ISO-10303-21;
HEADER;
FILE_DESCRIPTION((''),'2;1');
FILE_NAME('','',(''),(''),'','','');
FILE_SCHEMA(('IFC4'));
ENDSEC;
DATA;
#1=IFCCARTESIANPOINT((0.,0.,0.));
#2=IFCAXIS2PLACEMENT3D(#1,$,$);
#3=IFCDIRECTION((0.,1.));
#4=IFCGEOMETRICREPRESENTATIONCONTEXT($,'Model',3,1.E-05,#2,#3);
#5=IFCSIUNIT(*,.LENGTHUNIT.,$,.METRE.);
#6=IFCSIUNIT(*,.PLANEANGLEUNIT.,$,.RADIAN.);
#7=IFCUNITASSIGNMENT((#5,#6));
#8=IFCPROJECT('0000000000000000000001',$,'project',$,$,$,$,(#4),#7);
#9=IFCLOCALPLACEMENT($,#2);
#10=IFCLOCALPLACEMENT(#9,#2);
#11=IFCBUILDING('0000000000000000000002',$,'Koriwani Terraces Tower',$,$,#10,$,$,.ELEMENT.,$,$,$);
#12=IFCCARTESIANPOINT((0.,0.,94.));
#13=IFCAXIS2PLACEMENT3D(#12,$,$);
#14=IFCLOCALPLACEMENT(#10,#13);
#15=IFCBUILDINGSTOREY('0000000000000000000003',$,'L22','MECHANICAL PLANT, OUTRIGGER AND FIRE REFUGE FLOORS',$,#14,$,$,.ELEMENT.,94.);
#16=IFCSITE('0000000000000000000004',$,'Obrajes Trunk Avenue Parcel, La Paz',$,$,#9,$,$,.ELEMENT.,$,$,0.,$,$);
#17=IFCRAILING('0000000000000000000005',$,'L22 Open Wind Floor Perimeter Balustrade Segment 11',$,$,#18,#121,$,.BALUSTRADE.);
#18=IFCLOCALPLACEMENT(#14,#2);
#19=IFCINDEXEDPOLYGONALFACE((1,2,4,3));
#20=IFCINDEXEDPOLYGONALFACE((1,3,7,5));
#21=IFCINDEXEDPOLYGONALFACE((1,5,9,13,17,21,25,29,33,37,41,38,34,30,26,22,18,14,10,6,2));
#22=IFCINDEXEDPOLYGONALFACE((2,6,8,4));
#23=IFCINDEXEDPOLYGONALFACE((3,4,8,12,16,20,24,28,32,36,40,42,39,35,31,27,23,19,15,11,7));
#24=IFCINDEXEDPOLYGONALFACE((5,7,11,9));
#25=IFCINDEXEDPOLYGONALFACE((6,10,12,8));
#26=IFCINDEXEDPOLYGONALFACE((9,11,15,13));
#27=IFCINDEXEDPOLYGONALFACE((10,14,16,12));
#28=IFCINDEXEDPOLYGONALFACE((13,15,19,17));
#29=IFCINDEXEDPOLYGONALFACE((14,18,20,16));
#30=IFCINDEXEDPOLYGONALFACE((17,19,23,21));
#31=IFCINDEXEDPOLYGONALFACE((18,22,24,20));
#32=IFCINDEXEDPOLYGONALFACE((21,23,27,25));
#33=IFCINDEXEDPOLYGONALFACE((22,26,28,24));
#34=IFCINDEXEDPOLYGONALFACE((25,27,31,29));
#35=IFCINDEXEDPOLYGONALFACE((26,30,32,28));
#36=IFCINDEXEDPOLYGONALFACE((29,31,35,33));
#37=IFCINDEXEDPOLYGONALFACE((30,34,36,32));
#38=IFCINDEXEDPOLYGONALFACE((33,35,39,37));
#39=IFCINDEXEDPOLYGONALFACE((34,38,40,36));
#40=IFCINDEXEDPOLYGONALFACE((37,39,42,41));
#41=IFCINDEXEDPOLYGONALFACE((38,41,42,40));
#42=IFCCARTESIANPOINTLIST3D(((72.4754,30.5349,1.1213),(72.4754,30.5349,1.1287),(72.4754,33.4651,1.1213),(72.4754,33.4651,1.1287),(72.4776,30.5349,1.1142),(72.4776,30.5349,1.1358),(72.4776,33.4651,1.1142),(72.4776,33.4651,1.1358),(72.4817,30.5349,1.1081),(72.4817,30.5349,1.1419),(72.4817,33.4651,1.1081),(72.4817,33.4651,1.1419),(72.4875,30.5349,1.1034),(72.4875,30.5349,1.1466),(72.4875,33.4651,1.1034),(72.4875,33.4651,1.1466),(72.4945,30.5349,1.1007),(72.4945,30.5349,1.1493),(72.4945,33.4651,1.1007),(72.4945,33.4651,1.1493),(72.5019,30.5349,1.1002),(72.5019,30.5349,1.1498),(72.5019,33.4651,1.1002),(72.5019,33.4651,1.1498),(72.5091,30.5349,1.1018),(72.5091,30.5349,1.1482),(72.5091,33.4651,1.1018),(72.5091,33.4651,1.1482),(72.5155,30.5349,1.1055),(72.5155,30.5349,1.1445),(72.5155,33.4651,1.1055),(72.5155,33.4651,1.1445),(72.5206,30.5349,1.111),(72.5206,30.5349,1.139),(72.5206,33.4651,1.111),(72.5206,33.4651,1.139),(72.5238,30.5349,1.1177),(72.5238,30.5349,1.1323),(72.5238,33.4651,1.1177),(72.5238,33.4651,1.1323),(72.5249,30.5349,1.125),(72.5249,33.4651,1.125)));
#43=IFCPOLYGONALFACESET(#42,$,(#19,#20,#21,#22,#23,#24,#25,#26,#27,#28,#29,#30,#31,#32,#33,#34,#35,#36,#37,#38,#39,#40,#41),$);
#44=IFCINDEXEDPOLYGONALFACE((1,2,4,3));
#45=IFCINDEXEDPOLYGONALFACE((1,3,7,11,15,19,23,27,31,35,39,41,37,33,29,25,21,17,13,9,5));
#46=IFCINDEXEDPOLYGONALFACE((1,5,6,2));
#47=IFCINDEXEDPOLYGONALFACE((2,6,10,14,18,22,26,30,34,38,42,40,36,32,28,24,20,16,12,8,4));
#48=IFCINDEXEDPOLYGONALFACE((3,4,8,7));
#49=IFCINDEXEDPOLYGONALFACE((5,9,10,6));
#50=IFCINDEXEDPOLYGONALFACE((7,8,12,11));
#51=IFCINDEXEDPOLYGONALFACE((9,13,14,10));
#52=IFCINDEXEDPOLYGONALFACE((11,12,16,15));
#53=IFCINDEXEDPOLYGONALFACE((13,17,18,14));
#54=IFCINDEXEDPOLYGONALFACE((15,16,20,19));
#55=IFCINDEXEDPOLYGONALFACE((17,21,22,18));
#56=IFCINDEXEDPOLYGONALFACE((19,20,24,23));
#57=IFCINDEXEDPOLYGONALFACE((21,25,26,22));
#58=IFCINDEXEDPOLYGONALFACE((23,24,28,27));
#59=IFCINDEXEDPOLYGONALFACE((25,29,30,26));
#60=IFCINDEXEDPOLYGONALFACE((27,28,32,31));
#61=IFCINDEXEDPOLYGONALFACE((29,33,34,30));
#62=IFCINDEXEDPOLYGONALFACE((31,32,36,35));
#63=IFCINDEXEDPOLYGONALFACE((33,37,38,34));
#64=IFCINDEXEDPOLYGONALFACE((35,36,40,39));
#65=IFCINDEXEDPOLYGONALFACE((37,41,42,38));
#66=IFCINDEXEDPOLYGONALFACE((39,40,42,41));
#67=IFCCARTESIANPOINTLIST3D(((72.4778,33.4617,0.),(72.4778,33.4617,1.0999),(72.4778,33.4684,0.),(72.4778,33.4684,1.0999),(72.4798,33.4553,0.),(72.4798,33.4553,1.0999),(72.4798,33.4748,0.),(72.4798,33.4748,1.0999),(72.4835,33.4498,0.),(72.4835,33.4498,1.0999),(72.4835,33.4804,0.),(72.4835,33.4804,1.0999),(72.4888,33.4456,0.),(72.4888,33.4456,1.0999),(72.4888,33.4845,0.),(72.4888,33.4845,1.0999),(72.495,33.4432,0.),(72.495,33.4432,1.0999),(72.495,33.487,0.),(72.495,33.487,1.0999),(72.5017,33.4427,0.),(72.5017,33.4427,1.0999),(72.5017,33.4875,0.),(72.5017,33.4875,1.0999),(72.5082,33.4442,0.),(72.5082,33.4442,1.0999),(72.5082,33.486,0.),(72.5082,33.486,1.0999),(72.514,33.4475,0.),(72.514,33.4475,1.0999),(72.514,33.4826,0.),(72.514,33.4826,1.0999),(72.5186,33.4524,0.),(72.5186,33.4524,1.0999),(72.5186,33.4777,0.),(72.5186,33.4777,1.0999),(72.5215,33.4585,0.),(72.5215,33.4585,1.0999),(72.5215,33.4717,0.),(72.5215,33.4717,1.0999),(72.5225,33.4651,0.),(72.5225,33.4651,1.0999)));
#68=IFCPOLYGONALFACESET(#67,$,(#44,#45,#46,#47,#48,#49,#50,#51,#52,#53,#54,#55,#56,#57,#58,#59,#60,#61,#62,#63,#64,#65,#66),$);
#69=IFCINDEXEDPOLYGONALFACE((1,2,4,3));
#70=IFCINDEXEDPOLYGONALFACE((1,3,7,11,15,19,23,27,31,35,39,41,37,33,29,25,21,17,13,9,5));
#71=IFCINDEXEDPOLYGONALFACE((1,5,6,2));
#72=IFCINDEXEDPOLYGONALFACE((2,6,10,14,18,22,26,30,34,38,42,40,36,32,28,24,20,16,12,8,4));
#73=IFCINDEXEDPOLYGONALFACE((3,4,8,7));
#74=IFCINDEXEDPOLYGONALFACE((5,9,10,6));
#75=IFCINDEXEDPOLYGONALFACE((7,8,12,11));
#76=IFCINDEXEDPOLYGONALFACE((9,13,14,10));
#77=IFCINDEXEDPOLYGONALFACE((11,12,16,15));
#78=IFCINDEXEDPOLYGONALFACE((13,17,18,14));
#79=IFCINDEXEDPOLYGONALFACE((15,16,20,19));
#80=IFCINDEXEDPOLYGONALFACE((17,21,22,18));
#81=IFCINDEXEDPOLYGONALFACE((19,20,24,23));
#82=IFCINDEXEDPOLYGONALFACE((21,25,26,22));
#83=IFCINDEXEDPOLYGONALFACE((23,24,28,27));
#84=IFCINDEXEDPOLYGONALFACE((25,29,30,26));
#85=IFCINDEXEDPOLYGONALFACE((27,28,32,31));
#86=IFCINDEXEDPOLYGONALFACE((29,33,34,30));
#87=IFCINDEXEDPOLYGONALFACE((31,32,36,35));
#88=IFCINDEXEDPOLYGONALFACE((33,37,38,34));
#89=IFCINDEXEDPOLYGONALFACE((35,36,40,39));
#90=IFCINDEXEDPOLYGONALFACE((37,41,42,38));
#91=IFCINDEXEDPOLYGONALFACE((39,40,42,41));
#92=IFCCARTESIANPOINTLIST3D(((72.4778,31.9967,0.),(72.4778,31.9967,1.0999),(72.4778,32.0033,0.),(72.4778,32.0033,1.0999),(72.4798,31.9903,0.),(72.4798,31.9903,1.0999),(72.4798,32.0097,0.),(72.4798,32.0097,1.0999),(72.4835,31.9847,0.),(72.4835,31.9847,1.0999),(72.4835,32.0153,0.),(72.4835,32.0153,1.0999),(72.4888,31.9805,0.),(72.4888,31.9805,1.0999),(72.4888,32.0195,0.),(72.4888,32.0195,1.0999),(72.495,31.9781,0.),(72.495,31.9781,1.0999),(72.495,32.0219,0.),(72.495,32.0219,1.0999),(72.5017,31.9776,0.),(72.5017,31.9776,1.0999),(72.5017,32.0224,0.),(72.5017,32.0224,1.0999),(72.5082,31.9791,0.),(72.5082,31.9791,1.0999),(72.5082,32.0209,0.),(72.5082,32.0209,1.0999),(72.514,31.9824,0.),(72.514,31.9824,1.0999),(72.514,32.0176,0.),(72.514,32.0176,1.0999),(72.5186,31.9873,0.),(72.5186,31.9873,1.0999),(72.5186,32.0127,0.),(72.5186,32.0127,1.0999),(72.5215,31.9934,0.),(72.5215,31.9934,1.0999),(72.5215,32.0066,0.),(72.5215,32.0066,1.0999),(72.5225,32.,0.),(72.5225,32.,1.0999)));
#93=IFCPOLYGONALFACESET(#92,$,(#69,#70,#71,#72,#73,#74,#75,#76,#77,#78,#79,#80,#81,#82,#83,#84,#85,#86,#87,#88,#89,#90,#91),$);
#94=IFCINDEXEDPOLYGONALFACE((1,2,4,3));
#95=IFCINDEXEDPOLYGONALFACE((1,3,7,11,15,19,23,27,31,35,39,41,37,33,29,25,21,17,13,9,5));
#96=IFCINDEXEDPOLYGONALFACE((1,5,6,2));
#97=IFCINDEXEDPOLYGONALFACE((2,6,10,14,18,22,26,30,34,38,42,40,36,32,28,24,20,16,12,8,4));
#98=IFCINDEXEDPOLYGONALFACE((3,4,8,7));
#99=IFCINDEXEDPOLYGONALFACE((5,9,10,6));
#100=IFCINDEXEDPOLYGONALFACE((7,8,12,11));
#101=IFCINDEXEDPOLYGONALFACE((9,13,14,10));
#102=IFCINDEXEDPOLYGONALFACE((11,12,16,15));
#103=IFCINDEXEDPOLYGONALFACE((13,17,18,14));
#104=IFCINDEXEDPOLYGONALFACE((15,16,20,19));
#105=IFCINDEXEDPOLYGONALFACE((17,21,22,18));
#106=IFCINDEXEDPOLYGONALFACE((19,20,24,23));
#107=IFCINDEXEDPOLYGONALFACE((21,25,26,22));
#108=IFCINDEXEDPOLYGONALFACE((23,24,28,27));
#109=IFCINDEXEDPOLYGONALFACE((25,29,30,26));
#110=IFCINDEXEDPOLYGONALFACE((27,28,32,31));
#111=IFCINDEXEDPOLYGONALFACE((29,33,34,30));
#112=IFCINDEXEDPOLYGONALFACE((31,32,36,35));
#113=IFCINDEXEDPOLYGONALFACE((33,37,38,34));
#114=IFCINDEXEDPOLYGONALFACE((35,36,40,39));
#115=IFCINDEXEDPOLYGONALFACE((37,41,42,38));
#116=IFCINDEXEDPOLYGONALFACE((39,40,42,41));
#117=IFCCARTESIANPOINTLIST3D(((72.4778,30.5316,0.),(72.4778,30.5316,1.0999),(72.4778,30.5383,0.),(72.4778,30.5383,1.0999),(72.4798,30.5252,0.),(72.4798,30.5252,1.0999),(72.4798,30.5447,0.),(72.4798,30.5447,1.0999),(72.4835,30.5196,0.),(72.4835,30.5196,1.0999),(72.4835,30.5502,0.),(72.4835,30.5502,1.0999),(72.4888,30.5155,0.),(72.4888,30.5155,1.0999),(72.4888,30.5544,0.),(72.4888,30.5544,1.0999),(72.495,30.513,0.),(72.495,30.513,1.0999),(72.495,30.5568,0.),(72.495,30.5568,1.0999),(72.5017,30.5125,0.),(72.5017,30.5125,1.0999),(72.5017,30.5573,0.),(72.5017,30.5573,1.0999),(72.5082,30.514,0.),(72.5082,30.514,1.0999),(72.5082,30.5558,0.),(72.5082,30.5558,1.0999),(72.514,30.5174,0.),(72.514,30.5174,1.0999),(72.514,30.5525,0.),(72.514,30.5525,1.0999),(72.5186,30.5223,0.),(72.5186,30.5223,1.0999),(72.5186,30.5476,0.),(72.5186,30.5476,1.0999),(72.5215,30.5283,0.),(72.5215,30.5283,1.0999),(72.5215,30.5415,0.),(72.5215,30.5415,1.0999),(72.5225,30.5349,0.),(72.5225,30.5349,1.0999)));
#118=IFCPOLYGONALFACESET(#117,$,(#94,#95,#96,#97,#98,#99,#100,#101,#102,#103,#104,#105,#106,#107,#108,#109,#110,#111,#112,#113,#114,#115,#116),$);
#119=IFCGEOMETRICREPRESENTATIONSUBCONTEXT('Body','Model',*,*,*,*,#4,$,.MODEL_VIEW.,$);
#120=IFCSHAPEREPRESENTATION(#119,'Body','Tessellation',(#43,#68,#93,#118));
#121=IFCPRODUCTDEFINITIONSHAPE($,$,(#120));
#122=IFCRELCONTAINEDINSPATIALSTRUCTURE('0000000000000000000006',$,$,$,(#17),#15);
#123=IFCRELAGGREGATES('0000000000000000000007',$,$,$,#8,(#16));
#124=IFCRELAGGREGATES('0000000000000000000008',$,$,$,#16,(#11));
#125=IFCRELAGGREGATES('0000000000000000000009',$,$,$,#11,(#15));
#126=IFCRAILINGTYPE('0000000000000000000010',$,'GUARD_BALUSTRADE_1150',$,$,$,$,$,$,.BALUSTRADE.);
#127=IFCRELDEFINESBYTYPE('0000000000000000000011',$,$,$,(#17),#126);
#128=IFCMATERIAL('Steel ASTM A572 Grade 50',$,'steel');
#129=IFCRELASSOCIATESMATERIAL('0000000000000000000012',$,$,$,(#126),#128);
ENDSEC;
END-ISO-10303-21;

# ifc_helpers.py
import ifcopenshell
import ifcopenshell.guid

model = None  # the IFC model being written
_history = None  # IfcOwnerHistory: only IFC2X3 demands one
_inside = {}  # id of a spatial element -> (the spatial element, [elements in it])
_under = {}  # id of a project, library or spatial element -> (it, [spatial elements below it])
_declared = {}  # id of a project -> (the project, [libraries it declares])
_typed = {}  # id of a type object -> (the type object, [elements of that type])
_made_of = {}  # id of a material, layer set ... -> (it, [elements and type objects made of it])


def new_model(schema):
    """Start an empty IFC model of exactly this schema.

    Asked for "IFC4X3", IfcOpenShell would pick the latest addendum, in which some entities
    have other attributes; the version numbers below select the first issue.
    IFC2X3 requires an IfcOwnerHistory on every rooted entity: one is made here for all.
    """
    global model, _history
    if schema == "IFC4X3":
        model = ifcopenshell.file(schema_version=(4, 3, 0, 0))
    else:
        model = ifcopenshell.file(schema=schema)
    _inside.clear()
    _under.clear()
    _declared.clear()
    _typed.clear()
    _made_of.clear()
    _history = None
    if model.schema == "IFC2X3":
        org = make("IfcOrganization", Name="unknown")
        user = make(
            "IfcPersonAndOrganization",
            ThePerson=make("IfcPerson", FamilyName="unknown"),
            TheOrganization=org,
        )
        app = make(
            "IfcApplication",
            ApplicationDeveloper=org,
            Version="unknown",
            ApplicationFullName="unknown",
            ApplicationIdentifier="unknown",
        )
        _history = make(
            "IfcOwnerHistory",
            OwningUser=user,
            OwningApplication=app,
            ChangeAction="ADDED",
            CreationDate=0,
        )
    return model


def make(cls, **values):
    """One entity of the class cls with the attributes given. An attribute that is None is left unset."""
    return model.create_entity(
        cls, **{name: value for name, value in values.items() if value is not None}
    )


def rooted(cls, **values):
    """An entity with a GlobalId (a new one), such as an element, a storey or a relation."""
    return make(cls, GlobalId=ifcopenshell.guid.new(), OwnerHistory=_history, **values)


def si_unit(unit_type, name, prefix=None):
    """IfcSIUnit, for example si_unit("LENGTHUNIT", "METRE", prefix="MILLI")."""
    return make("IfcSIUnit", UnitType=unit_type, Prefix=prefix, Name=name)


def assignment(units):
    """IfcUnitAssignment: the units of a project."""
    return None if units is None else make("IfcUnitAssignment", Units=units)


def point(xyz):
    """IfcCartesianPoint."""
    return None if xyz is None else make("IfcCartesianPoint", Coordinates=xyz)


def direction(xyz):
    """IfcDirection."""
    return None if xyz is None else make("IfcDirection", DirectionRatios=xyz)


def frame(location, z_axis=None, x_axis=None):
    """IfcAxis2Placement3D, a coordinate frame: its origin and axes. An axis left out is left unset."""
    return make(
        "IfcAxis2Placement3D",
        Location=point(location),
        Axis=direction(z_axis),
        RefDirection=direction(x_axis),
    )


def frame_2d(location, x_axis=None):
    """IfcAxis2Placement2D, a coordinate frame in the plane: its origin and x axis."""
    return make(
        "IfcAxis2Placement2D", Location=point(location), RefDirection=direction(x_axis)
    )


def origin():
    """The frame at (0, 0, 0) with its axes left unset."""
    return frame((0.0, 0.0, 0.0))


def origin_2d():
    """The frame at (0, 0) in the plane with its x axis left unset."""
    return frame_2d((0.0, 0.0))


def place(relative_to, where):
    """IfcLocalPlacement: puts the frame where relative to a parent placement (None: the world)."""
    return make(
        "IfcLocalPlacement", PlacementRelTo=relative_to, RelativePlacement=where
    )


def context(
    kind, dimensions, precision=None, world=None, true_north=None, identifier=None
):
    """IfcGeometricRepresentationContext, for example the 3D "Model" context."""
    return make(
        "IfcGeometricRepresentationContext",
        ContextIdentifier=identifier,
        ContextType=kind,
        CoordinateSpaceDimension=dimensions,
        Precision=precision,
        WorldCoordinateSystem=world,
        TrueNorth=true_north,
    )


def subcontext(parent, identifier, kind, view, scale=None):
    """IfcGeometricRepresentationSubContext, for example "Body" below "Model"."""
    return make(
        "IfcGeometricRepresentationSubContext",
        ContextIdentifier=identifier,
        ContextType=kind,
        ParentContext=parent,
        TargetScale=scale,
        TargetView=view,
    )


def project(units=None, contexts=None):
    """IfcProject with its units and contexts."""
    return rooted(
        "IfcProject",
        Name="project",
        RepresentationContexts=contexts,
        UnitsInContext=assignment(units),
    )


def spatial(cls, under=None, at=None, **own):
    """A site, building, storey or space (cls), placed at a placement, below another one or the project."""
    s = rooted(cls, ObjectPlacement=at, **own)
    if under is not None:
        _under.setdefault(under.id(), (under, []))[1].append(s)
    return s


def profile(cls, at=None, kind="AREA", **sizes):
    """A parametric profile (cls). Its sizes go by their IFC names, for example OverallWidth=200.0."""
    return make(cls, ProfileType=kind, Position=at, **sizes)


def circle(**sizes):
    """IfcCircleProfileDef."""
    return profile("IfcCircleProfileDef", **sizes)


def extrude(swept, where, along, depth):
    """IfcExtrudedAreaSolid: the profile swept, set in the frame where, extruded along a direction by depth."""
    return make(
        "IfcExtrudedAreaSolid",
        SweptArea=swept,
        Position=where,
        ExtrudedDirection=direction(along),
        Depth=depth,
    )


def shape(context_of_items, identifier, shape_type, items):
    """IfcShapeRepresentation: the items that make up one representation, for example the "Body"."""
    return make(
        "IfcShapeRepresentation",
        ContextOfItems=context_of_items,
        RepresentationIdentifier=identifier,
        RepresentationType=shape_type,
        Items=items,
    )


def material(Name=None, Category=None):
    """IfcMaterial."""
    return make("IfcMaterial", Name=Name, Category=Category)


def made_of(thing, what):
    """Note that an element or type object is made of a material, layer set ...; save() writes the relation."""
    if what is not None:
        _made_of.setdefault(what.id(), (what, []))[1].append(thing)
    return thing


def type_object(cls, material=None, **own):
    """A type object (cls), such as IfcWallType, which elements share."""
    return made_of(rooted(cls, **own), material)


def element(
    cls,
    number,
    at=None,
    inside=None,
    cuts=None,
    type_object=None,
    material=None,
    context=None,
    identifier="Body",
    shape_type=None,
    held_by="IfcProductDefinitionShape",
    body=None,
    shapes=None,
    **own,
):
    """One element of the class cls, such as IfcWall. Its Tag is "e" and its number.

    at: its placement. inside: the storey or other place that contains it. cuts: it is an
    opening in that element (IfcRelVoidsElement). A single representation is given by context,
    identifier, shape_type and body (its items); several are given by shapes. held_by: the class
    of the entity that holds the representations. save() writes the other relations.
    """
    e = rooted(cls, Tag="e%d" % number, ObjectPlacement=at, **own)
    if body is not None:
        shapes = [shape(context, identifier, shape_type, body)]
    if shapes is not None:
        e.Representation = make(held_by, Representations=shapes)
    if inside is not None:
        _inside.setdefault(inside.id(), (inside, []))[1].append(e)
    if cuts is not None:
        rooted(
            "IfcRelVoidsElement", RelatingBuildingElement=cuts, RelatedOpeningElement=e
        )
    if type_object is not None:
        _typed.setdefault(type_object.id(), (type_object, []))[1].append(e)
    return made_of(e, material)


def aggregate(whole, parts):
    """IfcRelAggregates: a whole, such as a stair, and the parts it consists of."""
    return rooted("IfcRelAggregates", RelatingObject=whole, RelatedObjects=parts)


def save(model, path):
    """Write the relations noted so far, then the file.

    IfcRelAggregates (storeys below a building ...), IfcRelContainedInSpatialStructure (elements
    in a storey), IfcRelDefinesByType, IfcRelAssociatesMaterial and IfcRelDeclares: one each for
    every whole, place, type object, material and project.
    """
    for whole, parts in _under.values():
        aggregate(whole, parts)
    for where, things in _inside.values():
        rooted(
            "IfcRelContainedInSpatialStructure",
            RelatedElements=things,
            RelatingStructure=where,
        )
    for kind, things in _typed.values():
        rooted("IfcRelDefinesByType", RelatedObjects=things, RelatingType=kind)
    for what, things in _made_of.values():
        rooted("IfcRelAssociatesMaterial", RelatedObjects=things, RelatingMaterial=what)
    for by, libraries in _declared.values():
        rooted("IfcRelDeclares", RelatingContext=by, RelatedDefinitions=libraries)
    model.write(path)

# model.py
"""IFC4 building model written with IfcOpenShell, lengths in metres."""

from ifc_helpers import new_model, si_unit, direction, frame, origin, origin_2d, place, context, subcontext, project, spatial, circle, extrude, material, type_object, element, save


model = new_model("IFC4")

# Units and contexts
model_context = context("Model", 3, precision=1e-05, world=origin(), true_north=direction((0.0, 1.0)))
body_context = subcontext(model_context, "Body", "Model", "MODEL_VIEW")
ifc_project = project(units=[si_unit("LENGTHUNIT", "METRE"), si_unit("PLANEANGLEUNIT", "RADIAN")], contexts=[model_context])

# Site, building, storey
site_placement = place(None, origin())
site = spatial("IfcSite", under=ifc_project, at=site_placement, Name="Obrajes Trunk Avenue Parcel, La Paz", CompositionType="ELEMENT", RefElevation=0.0)
building_placement = place(site_placement, origin())
building = spatial("IfcBuilding", under=site, at=building_placement, Name="Koriwani Terraces Tower", CompositionType="ELEMENT")
storey_placement = place(building_placement, frame((0.0, 0.0, 94.0)))
storey = spatial("IfcBuildingStorey", under=building, at=storey_placement, Name="L22", Description="MECHANICAL PLANT, OUTRIGGER AND FIRE REFUGE FLOORS", CompositionType="ELEMENT", Elevation=94.0)

# Shared definitions
ifc_material_1 = material(Name="Steel ASTM A572 Grade 50", Category="steel")

# Railing
railing_type = type_object("IfcRailingType", Name="GUARD_BALUSTRADE_1150", PredefinedType="BALUSTRADE", material=ifc_material_1)
railing_1_placement = place(storey_placement, frame((72.5, 33.4651, 0.0)))
element("IfcRailing", 1, at=railing_1_placement, inside=storey, type_object=railing_type, Name="L22 Open Wind Floor Perimeter Balustrade Segment 11", PredefinedType="BALUSTRADE", context=body_context, shape_type="SweptSolid", body=[
    extrude(circle(Radius=0.0249, at=origin_2d()), frame((0.0, 0.0, 1.125), z_axis=(0.0, -1.0, 0.0), x_axis=(1.0, 0.0, 0.0)), (0.0, 0.0, 1.0), 2.9302),
    extrude(circle(Radius=0.0225, at=origin_2d()), origin(), (0.0, 0.0, 1.0), 1.0999),
    extrude(circle(Radius=0.0225, at=origin_2d()), frame((0.0, -1.4651, 0.0)), (0.0, 0.0, 1.0), 1.0999),
    extrude(circle(Radius=0.0225, at=origin_2d()), frame((0.0, -2.9302, 0.0)), (0.0, 0.0, 1.0), 1.0999),
])

save(model, "model.ifc")
